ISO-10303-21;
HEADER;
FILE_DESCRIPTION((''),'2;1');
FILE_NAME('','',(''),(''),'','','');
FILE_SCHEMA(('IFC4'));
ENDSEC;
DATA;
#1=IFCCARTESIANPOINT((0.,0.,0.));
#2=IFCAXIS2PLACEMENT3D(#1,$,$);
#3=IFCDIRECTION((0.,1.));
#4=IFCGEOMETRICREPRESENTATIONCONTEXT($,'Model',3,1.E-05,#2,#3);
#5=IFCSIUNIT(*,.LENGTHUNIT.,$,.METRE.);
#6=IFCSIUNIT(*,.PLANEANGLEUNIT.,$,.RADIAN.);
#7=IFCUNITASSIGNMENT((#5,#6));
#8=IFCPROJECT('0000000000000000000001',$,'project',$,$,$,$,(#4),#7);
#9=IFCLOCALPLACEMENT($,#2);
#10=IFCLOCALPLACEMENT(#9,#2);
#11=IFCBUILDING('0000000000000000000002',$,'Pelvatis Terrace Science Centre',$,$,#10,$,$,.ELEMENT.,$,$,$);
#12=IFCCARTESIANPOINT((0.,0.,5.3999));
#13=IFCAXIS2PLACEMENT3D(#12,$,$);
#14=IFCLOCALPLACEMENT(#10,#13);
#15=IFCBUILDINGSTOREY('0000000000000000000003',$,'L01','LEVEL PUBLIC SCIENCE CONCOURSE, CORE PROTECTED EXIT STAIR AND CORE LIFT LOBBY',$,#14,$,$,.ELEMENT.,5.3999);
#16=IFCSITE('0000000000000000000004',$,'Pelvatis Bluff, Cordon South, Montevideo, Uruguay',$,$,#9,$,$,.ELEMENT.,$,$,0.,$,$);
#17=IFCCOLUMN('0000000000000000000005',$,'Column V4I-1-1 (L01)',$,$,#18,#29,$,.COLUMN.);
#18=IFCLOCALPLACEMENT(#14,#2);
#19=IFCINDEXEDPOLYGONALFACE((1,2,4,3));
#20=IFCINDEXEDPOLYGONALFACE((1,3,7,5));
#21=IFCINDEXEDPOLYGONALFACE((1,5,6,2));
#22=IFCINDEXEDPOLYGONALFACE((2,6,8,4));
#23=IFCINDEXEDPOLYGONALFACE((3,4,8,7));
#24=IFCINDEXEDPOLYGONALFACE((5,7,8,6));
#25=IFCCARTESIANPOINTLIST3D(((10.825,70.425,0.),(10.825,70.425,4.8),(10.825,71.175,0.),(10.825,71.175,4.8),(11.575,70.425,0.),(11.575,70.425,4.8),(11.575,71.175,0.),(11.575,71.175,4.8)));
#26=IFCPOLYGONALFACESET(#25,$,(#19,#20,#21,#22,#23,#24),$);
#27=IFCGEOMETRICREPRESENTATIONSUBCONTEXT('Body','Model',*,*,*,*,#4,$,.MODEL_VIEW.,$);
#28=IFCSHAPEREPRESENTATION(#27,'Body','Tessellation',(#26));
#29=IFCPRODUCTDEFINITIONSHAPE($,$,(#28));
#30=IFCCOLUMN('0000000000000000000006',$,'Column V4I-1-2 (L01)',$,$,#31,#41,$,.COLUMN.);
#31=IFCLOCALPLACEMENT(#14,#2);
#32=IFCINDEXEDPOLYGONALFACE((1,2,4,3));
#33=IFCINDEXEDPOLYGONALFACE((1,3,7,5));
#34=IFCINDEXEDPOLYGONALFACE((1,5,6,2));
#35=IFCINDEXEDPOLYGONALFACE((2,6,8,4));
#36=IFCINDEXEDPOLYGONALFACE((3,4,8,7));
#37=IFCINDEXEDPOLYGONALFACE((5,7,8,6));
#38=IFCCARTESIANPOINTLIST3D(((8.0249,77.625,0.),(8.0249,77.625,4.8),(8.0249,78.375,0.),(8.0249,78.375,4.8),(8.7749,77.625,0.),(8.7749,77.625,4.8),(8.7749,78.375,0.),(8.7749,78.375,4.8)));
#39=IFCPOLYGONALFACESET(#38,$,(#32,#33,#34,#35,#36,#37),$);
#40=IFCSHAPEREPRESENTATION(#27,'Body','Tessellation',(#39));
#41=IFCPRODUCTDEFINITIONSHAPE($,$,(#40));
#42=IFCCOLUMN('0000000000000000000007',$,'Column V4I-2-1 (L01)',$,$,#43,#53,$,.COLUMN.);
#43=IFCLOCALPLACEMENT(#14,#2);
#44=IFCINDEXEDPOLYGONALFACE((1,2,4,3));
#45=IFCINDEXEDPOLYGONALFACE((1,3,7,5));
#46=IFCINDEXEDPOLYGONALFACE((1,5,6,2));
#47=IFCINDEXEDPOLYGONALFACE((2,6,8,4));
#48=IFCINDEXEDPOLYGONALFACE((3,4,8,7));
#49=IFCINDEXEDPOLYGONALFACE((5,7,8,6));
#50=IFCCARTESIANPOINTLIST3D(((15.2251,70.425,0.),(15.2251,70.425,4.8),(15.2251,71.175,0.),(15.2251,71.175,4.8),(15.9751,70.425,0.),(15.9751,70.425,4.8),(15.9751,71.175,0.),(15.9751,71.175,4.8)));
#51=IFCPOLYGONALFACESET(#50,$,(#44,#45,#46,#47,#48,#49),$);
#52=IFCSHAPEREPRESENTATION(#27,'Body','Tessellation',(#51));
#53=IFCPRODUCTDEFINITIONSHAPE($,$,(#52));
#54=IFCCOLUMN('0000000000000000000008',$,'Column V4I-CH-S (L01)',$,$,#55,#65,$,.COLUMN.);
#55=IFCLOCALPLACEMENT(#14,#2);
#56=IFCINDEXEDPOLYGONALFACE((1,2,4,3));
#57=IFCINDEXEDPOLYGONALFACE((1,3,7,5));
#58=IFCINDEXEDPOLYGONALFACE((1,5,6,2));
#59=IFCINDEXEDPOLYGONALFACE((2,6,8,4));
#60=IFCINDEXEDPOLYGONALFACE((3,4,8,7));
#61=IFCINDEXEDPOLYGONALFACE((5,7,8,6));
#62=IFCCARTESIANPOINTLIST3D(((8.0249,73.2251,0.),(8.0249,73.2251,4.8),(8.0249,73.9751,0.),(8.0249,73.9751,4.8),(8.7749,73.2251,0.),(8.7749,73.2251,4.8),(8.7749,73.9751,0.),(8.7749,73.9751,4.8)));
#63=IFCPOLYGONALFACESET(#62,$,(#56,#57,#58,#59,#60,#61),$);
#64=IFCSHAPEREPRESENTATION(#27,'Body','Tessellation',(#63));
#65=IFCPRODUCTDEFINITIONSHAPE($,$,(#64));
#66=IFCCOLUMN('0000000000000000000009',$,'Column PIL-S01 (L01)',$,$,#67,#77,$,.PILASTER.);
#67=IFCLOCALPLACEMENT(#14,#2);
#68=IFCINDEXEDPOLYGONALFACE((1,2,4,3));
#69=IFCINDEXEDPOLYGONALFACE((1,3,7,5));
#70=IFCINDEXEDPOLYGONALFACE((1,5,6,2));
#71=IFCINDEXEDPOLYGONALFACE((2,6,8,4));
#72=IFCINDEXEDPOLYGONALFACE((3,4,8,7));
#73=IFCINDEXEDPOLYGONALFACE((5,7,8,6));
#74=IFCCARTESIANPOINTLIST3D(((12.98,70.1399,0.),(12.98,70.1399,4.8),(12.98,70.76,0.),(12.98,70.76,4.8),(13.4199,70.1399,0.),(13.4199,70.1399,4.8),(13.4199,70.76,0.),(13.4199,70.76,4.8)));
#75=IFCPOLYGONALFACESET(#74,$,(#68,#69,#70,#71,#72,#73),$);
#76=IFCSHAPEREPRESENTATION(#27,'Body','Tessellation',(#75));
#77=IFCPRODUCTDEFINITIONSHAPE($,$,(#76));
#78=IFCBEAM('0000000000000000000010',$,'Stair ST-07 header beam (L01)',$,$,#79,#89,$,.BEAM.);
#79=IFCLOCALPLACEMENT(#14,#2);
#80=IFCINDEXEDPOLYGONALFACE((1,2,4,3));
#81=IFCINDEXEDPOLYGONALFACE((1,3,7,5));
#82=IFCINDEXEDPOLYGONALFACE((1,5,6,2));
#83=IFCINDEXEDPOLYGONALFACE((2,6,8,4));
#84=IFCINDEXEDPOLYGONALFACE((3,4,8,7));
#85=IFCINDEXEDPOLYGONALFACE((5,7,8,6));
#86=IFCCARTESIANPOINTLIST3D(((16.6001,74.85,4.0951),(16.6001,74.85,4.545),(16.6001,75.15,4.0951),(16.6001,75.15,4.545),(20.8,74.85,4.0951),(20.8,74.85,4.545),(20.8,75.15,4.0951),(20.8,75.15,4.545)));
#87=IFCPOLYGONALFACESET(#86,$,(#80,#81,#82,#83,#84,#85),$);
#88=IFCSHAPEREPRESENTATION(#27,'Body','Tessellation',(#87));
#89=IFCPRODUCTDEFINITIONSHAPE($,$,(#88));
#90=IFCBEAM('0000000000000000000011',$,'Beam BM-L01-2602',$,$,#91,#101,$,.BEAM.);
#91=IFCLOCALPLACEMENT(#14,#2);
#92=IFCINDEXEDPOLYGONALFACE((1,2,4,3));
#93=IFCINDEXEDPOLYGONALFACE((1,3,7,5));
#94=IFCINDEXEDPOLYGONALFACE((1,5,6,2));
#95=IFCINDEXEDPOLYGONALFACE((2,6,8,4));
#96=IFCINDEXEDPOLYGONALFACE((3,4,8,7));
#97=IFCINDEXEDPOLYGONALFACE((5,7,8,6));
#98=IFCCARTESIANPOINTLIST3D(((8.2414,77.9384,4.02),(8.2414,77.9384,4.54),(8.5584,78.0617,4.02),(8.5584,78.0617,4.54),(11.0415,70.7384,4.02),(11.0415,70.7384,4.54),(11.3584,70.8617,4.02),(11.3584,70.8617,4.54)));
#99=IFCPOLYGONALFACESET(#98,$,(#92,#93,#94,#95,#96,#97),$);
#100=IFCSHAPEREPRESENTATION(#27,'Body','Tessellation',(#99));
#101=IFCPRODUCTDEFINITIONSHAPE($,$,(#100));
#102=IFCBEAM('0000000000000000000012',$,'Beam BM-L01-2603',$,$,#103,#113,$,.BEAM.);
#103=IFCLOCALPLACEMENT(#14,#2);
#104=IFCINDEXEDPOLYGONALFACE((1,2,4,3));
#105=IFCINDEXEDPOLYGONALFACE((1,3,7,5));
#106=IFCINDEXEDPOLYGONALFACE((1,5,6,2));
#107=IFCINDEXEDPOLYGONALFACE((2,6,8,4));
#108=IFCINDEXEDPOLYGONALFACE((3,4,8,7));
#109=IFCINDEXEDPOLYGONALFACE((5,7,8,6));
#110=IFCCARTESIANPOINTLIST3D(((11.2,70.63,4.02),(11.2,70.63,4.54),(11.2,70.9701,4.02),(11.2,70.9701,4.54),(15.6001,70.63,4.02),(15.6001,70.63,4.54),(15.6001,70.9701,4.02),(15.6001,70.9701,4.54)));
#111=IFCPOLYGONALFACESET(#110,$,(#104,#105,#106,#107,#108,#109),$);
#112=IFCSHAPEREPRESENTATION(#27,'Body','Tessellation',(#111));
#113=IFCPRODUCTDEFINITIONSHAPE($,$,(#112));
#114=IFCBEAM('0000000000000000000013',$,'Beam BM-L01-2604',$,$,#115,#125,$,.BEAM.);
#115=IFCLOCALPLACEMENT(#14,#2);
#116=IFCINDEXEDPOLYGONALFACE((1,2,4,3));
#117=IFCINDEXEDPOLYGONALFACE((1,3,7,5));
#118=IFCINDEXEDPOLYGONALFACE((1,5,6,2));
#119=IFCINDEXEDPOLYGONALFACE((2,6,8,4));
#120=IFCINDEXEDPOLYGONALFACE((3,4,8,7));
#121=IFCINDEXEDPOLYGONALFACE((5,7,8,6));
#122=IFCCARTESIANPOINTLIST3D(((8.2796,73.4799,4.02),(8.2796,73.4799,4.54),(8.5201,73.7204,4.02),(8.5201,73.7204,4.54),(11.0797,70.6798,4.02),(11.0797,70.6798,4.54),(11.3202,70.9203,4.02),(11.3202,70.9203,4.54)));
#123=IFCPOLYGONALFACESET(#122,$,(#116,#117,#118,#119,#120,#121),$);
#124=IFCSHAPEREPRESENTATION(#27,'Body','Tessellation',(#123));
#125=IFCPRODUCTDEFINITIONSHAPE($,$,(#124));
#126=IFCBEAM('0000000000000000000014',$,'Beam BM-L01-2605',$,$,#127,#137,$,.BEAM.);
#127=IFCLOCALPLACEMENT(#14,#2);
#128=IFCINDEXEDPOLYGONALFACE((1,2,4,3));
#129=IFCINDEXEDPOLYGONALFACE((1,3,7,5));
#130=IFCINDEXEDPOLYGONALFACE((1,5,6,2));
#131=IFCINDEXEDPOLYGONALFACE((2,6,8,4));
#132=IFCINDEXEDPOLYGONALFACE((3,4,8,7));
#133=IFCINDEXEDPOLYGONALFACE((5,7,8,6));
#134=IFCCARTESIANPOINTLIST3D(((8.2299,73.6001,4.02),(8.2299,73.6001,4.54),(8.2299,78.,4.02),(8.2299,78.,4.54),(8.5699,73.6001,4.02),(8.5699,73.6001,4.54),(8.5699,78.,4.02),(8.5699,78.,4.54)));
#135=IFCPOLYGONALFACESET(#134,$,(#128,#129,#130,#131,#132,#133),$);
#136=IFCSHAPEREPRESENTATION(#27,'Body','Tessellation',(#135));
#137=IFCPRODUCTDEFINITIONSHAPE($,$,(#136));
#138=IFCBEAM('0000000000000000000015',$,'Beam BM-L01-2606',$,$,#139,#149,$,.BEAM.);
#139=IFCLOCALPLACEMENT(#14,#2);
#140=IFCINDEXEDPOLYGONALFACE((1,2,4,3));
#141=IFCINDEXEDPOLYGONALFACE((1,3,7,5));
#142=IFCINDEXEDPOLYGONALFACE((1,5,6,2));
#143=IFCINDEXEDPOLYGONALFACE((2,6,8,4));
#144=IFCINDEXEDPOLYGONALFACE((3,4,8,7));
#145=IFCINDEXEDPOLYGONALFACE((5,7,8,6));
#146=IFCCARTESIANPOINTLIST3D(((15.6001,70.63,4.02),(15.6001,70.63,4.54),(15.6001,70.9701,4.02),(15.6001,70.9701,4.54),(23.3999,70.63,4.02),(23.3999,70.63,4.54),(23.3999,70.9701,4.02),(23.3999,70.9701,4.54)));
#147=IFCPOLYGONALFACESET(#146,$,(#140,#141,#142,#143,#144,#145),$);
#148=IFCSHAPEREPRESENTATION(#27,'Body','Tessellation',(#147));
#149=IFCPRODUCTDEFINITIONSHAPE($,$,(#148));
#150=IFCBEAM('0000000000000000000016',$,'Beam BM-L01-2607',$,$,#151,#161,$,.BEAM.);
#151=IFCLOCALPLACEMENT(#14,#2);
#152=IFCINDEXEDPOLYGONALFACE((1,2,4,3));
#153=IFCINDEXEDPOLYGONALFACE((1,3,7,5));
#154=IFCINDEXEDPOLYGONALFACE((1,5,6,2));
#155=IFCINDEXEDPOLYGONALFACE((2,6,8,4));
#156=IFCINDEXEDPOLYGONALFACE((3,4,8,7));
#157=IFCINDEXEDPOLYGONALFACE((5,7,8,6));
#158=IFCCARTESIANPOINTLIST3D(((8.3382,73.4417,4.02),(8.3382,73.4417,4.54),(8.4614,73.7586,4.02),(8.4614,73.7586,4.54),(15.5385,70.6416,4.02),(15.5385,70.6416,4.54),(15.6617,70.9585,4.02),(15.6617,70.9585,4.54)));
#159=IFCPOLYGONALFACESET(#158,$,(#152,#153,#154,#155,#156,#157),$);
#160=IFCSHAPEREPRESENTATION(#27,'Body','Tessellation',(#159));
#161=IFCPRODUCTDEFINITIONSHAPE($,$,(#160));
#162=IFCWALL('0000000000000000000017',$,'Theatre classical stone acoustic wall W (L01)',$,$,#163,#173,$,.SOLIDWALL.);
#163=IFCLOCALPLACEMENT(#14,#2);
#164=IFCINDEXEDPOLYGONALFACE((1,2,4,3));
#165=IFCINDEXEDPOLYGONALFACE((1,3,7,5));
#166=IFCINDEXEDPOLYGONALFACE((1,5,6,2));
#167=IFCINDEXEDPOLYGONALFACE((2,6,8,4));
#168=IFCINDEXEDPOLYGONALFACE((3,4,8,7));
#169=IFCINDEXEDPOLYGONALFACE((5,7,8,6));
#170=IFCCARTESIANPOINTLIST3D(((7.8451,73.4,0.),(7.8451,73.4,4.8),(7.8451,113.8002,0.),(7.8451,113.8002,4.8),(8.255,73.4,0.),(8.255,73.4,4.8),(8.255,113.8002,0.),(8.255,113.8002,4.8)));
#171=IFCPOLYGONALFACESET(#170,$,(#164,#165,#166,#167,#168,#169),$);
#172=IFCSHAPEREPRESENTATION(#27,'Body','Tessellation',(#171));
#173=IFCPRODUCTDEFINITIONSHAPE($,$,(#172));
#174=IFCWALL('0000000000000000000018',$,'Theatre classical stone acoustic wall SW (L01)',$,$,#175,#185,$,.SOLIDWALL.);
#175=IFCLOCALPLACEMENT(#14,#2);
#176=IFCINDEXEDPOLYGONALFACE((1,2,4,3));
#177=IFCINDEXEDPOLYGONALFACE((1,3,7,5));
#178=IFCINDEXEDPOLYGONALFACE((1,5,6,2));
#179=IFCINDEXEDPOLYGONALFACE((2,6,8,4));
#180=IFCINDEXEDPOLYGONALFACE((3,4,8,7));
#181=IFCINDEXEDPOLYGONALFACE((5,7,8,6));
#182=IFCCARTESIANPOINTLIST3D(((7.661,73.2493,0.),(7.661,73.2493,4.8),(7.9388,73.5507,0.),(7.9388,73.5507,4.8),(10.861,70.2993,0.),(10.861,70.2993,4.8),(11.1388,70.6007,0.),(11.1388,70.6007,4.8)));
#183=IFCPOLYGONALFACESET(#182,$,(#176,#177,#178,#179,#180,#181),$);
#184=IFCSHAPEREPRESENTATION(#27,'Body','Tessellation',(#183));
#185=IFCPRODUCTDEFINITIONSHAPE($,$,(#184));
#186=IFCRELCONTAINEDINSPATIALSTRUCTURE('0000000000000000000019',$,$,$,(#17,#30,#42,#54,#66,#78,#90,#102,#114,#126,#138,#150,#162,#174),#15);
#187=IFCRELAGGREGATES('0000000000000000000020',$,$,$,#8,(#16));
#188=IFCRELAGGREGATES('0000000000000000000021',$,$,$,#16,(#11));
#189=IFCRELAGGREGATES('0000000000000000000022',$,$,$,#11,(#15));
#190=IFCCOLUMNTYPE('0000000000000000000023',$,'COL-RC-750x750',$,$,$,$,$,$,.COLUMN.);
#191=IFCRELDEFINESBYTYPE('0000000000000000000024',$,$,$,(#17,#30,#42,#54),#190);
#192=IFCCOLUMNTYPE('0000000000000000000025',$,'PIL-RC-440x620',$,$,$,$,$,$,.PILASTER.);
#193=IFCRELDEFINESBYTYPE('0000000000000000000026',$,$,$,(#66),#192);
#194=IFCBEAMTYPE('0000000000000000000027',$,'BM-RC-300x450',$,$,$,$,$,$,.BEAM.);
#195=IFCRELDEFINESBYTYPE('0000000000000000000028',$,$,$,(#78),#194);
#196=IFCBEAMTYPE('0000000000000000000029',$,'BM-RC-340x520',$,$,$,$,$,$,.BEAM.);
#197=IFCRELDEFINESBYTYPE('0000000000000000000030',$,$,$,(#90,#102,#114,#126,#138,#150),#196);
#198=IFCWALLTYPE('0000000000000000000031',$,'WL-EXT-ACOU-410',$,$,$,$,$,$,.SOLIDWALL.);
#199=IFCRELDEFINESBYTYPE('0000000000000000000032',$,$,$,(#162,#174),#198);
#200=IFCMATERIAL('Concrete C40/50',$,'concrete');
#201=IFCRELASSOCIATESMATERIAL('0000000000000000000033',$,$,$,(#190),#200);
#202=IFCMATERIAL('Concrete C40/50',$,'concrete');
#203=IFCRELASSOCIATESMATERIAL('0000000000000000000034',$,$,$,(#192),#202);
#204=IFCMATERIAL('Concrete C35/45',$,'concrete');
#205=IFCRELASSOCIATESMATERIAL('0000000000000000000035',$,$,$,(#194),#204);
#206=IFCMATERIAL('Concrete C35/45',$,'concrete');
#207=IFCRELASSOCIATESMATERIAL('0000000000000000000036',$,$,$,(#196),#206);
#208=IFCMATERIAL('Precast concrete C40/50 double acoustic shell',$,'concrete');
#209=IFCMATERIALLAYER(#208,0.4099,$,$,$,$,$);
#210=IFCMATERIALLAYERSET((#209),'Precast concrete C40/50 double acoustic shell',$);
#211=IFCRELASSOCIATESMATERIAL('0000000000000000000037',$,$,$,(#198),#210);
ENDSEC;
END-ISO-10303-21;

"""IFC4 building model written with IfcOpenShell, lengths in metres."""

from ifc_helpers import new_model, si_unit, direction, frame, frame_2d, origin, origin_2d, place, context, subcontext, project, spatial, rectangle, extrude, material, layer, layer_set, material_profile, profile_set, type_object, element, save


model = new_model("IFC4")

# Units and contexts
model_context = context("Model", 3, precision=1e-05, world=origin(), true_north=direction((0.0, 1.0)))
body_context = subcontext(model_context, "Body", "Model", "MODEL_VIEW")
ifc_project = project(units=[si_unit("LENGTHUNIT", "METRE"), si_unit("PLANEANGLEUNIT", "RADIAN")], contexts=[model_context])

# Site, building, storey
site_placement = place(None, origin())
site = spatial("IfcSite", under=ifc_project, at=site_placement, Name="Pelvatis Bluff, Cordon South, Montevideo, Uruguay", CompositionType="ELEMENT", RefElevation=0.0)
building_placement = place(site_placement, origin())
building = spatial("IfcBuilding", under=site, at=building_placement, Name="Pelvatis Terrace Science Centre", CompositionType="ELEMENT")
storey_placement = place(building_placement, frame((0.0, 0.0, 5.3999)))
storey = spatial("IfcBuildingStorey", under=building, at=storey_placement, Name="L01", Description="LEVEL PUBLIC SCIENCE CONCOURSE, CORE PROTECTED EXIT STAIR AND CORE LIFT LOBBY", CompositionType="ELEMENT", Elevation=5.3999)

# Columns
ifc_material_1 = material(Name="Concrete C40/50", Category="concrete")
ifc_material_profile_1 = material_profile(ifc_material_1, rectangle(XDim=0.75, YDim=0.75, at=origin_2d()), Name="RC-COL 750x750")
ifc_profile_set_1 = profile_set([ifc_material_profile_1], Name="Concrete C40/50")
column_type_1 = type_object("IfcColumnType", Name="COL-RC-750x750", PredefinedType="COLUMN", material=ifc_profile_set_1)
for number, where, z_axis, x_axis, name in (
    (1, (11.2, 70.8, 0.0), (0.0, 0.0, 1.0), (1.0, 0.0, 0.0), "Column V4I-1-1 (L01)"),
    (2, (8.3999, 78.0, 0.0), (0.0, 0.0, 1.0), (1.0, 0.0, 0.0), "Column V4I-1-2 (L01)"),
    (3, (15.6001, 70.8, 0.0), (0.0, 0.0, 1.0), (1.0, 0.0, 0.0), "Column V4I-2-1 (L01)"),
    (4, (8.3999, 73.6001, 0.0), (0.0, 0.0, 1.0), (1.0, 0.0, 0.0), "Column V4I-CH-S (L01)"),
):
    element("IfcColumn", number, at=place(storey_placement, frame(where, z_axis=z_axis, x_axis=x_axis)), inside=storey, type_object=column_type_1, Name=name, PredefinedType="COLUMN", context=body_context, shape_type="SweptSolid", body=[
        extrude(rectangle(XDim=0.75, YDim=0.75, at=origin_2d()), origin(), (0.0, 0.0, 1.0), 4.8),
    ])
ifc_material_2 = material(Name="Concrete C40/50", Category="concrete")
ifc_material_profile_2 = material_profile(ifc_material_2, rectangle(XDim=0.4399, YDim=0.6201, at=origin_2d()), Name="RC-PIL 440x620")
ifc_profile_set_2 = profile_set([ifc_material_profile_2], Name="Concrete C40/50")
column_type_2 = type_object("IfcColumnType", Name="PIL-RC-440x620", PredefinedType="PILASTER", material=ifc_profile_set_2)
column_placement = place(storey_placement, frame((13.2, 70.45, 0.0), z_axis=(0.0, 0.0, 1.0), x_axis=(1.0, 0.0, 0.0)))
element("IfcColumn", 5, at=column_placement, inside=storey, type_object=column_type_2, Name="Column PIL-S01 (L01)", PredefinedType="PILASTER", context=body_context, shape_type="SweptSolid", body=[
    extrude(rectangle(XDim=0.4399, YDim=0.6201, at=origin_2d()), origin(), (0.0, 0.0, 1.0), 4.8),
])

# Beams
ifc_material_3 = material(Name="Concrete C35/45", Category="concrete")
ifc_material_profile_3 = material_profile(ifc_material_3, rectangle(XDim=0.3, YDim=0.45, at=origin_2d()), Name="RC-BM 300x450")
ifc_profile_set_3 = profile_set([ifc_material_profile_3], Name="Concrete C35/45")
beam_type_1 = type_object("IfcBeamType", Name="BM-RC-300x450", PredefinedType="BEAM", material=ifc_profile_set_3)
beam_1_placement = place(storey_placement, frame((16.6001, 75.0, 4.3201), z_axis=(1.0, 0.0, 0.0), x_axis=(0.0, 1.0, 0.0)))
element("IfcBeam", 6, at=beam_1_placement, inside=storey, type_object=beam_type_1, Name="Stair ST-07 header beam (L01)", PredefinedType="BEAM", context=body_context, shape_type="SweptSolid", body=[
    extrude(rectangle(XDim=0.3, YDim=0.45, at=origin_2d()), origin(), (0.0, 0.0, 1.0), 4.2),
])
ifc_material_4 = material(Name="Concrete C35/45", Category="concrete")
ifc_material_profile_4 = material_profile(ifc_material_4, rectangle(XDim=0.3401, YDim=0.52, at=origin_2d()), Name="RC-BM 340x520")
ifc_profile_set_4 = profile_set([ifc_material_profile_4], Name="Concrete C35/45")
beam_type_2 = type_object("IfcBeamType", Name="BM-RC-340x520", PredefinedType="BEAM", material=ifc_profile_set_4)
beam_2_placement = place(storey_placement, frame((11.2, 70.8, 4.28), z_axis=(-0.362454, 0.932002, 0.0), x_axis=(-0.932002, -0.362454, 0.0)))
element("IfcBeam", 7, at=beam_2_placement, inside=storey, type_object=beam_type_2, Name="Beam BM-L01-2602", PredefinedType="BEAM", context=body_context, shape_type="SweptSolid", body=[
    extrude(rectangle(XDim=0.3401, YDim=0.52, at=origin_2d()), origin(), (0.0, 0.0, 1.0), 7.7253),
])
beam_3_placement = place(storey_placement, frame((11.2, 70.8, 4.28), z_axis=(1.0, 0.0, 0.0), x_axis=(0.0, 1.0, 0.0)))
element("IfcBeam", 8, at=beam_3_placement, inside=storey, type_object=beam_type_2, Name="Beam BM-L01-2603", PredefinedType="BEAM", context=body_context, shape_type="SweptSolid", body=[
    extrude(rectangle(XDim=0.3401, YDim=0.52, at=origin_2d()), origin(), (0.0, 0.0, 1.0), 4.4001),
])
beam_4_placement = place(storey_placement, frame((11.2, 70.8, 4.28), z_axis=(-0.707107, 0.707107, 0.0), x_axis=(-0.707107, -0.707107, 0.0)))
element("IfcBeam", 9, at=beam_4_placement, inside=storey, type_object=beam_type_2, Name="Beam BM-L01-2604", PredefinedType="BEAM", context=body_context, shape_type="SweptSolid", body=[
    extrude(rectangle(XDim=0.3401, YDim=0.52, at=origin_2d()), origin(), (0.0, 0.0, 1.0), 3.96),
])
beam_5_placement = place(storey_placement, frame((8.3999, 78.0, 4.28), z_axis=(0.0, -1.0, 0.0), x_axis=(1.0, 0.0, 0.0)))
element("IfcBeam", 10, at=beam_5_placement, inside=storey, type_object=beam_type_2, Name="Beam BM-L01-2605", PredefinedType="BEAM", context=body_context, shape_type="SweptSolid", body=[
    extrude(rectangle(XDim=0.3401, YDim=0.52, at=origin_2d()), origin(), (0.0, 0.0, 1.0), 4.3999),
])
beam_6_placement = place(storey_placement, frame((15.6001, 70.8, 4.28), z_axis=(1.0, 0.0, 0.0), x_axis=(0.0, 1.0, 0.0)))
element("IfcBeam", 11, at=beam_6_placement, inside=storey, type_object=beam_type_2, Name="Beam BM-L01-2606", PredefinedType="BEAM", context=body_context, shape_type="SweptSolid", body=[
    extrude(rectangle(XDim=0.3401, YDim=0.52, at=origin_2d()), origin(), (0.0, 0.0, 1.0), 7.7998),
])
beam_7_placement = place(storey_placement, frame((15.6001, 70.8, 4.28), z_axis=(-0.932006, 0.362443, 0.0), x_axis=(-0.362443, -0.932006, 0.0)))
element("IfcBeam", 12, at=beam_7_placement, inside=storey, type_object=beam_type_2, Name="Beam BM-L01-2607", PredefinedType="BEAM", context=body_context, shape_type="SweptSolid", body=[
    extrude(rectangle(XDim=0.3401, YDim=0.52, at=origin_2d()), origin(), (0.0, 0.0, 1.0), 7.7256),
])

# Walls
ifc_material_5 = material(Name="Precast concrete C40/50 double acoustic shell", Category="concrete")
ifc_layer_1 = layer(ifc_material_5, 0.4099)
ifc_layer_set_1 = layer_set([ifc_layer_1], Name="Precast concrete C40/50 double acoustic shell")
wall_type_1 = type_object("IfcWallType", Name="WL-EXT-ACOU-410", PredefinedType="SOLIDWALL", material=ifc_layer_set_1)
wall_1_placement = place(storey_placement, frame((8.05, 73.3999, 0.0), z_axis=(0.0, 0.0, 1.0), x_axis=(0.0, 1.0, 0.0)))
element("IfcWall", 13, at=wall_1_placement, inside=storey, type_object=wall_type_1, Name="Theatre classical stone acoustic wall W (L01)", PredefinedType="SOLIDWALL", context=body_context, shape_type="SweptSolid", body=[
    extrude(rectangle(XDim=40.4001, YDim=0.4099, at=frame_2d((20.2002, 0.0))), origin(), (0.0, 0.0, 1.0), 4.8),
])
wall_2_placement = place(storey_placement, frame((11.0, 70.45, 0.0), z_axis=(0.0, 0.0, 1.0), x_axis=(-0.735244, 0.677802, 0.0)))
element("IfcWall", 14, at=wall_2_placement, inside=storey, type_object=wall_type_1, Name="Theatre classical stone acoustic wall SW (L01)", PredefinedType="SOLIDWALL", context=body_context, shape_type="SweptSolid", body=[
    extrude(rectangle(XDim=4.3523, YDim=0.4099, at=frame_2d((2.1763, 0.0))), origin(), (0.0, 0.0, 1.0), 4.8),
])

save(model, "model.ifc")
